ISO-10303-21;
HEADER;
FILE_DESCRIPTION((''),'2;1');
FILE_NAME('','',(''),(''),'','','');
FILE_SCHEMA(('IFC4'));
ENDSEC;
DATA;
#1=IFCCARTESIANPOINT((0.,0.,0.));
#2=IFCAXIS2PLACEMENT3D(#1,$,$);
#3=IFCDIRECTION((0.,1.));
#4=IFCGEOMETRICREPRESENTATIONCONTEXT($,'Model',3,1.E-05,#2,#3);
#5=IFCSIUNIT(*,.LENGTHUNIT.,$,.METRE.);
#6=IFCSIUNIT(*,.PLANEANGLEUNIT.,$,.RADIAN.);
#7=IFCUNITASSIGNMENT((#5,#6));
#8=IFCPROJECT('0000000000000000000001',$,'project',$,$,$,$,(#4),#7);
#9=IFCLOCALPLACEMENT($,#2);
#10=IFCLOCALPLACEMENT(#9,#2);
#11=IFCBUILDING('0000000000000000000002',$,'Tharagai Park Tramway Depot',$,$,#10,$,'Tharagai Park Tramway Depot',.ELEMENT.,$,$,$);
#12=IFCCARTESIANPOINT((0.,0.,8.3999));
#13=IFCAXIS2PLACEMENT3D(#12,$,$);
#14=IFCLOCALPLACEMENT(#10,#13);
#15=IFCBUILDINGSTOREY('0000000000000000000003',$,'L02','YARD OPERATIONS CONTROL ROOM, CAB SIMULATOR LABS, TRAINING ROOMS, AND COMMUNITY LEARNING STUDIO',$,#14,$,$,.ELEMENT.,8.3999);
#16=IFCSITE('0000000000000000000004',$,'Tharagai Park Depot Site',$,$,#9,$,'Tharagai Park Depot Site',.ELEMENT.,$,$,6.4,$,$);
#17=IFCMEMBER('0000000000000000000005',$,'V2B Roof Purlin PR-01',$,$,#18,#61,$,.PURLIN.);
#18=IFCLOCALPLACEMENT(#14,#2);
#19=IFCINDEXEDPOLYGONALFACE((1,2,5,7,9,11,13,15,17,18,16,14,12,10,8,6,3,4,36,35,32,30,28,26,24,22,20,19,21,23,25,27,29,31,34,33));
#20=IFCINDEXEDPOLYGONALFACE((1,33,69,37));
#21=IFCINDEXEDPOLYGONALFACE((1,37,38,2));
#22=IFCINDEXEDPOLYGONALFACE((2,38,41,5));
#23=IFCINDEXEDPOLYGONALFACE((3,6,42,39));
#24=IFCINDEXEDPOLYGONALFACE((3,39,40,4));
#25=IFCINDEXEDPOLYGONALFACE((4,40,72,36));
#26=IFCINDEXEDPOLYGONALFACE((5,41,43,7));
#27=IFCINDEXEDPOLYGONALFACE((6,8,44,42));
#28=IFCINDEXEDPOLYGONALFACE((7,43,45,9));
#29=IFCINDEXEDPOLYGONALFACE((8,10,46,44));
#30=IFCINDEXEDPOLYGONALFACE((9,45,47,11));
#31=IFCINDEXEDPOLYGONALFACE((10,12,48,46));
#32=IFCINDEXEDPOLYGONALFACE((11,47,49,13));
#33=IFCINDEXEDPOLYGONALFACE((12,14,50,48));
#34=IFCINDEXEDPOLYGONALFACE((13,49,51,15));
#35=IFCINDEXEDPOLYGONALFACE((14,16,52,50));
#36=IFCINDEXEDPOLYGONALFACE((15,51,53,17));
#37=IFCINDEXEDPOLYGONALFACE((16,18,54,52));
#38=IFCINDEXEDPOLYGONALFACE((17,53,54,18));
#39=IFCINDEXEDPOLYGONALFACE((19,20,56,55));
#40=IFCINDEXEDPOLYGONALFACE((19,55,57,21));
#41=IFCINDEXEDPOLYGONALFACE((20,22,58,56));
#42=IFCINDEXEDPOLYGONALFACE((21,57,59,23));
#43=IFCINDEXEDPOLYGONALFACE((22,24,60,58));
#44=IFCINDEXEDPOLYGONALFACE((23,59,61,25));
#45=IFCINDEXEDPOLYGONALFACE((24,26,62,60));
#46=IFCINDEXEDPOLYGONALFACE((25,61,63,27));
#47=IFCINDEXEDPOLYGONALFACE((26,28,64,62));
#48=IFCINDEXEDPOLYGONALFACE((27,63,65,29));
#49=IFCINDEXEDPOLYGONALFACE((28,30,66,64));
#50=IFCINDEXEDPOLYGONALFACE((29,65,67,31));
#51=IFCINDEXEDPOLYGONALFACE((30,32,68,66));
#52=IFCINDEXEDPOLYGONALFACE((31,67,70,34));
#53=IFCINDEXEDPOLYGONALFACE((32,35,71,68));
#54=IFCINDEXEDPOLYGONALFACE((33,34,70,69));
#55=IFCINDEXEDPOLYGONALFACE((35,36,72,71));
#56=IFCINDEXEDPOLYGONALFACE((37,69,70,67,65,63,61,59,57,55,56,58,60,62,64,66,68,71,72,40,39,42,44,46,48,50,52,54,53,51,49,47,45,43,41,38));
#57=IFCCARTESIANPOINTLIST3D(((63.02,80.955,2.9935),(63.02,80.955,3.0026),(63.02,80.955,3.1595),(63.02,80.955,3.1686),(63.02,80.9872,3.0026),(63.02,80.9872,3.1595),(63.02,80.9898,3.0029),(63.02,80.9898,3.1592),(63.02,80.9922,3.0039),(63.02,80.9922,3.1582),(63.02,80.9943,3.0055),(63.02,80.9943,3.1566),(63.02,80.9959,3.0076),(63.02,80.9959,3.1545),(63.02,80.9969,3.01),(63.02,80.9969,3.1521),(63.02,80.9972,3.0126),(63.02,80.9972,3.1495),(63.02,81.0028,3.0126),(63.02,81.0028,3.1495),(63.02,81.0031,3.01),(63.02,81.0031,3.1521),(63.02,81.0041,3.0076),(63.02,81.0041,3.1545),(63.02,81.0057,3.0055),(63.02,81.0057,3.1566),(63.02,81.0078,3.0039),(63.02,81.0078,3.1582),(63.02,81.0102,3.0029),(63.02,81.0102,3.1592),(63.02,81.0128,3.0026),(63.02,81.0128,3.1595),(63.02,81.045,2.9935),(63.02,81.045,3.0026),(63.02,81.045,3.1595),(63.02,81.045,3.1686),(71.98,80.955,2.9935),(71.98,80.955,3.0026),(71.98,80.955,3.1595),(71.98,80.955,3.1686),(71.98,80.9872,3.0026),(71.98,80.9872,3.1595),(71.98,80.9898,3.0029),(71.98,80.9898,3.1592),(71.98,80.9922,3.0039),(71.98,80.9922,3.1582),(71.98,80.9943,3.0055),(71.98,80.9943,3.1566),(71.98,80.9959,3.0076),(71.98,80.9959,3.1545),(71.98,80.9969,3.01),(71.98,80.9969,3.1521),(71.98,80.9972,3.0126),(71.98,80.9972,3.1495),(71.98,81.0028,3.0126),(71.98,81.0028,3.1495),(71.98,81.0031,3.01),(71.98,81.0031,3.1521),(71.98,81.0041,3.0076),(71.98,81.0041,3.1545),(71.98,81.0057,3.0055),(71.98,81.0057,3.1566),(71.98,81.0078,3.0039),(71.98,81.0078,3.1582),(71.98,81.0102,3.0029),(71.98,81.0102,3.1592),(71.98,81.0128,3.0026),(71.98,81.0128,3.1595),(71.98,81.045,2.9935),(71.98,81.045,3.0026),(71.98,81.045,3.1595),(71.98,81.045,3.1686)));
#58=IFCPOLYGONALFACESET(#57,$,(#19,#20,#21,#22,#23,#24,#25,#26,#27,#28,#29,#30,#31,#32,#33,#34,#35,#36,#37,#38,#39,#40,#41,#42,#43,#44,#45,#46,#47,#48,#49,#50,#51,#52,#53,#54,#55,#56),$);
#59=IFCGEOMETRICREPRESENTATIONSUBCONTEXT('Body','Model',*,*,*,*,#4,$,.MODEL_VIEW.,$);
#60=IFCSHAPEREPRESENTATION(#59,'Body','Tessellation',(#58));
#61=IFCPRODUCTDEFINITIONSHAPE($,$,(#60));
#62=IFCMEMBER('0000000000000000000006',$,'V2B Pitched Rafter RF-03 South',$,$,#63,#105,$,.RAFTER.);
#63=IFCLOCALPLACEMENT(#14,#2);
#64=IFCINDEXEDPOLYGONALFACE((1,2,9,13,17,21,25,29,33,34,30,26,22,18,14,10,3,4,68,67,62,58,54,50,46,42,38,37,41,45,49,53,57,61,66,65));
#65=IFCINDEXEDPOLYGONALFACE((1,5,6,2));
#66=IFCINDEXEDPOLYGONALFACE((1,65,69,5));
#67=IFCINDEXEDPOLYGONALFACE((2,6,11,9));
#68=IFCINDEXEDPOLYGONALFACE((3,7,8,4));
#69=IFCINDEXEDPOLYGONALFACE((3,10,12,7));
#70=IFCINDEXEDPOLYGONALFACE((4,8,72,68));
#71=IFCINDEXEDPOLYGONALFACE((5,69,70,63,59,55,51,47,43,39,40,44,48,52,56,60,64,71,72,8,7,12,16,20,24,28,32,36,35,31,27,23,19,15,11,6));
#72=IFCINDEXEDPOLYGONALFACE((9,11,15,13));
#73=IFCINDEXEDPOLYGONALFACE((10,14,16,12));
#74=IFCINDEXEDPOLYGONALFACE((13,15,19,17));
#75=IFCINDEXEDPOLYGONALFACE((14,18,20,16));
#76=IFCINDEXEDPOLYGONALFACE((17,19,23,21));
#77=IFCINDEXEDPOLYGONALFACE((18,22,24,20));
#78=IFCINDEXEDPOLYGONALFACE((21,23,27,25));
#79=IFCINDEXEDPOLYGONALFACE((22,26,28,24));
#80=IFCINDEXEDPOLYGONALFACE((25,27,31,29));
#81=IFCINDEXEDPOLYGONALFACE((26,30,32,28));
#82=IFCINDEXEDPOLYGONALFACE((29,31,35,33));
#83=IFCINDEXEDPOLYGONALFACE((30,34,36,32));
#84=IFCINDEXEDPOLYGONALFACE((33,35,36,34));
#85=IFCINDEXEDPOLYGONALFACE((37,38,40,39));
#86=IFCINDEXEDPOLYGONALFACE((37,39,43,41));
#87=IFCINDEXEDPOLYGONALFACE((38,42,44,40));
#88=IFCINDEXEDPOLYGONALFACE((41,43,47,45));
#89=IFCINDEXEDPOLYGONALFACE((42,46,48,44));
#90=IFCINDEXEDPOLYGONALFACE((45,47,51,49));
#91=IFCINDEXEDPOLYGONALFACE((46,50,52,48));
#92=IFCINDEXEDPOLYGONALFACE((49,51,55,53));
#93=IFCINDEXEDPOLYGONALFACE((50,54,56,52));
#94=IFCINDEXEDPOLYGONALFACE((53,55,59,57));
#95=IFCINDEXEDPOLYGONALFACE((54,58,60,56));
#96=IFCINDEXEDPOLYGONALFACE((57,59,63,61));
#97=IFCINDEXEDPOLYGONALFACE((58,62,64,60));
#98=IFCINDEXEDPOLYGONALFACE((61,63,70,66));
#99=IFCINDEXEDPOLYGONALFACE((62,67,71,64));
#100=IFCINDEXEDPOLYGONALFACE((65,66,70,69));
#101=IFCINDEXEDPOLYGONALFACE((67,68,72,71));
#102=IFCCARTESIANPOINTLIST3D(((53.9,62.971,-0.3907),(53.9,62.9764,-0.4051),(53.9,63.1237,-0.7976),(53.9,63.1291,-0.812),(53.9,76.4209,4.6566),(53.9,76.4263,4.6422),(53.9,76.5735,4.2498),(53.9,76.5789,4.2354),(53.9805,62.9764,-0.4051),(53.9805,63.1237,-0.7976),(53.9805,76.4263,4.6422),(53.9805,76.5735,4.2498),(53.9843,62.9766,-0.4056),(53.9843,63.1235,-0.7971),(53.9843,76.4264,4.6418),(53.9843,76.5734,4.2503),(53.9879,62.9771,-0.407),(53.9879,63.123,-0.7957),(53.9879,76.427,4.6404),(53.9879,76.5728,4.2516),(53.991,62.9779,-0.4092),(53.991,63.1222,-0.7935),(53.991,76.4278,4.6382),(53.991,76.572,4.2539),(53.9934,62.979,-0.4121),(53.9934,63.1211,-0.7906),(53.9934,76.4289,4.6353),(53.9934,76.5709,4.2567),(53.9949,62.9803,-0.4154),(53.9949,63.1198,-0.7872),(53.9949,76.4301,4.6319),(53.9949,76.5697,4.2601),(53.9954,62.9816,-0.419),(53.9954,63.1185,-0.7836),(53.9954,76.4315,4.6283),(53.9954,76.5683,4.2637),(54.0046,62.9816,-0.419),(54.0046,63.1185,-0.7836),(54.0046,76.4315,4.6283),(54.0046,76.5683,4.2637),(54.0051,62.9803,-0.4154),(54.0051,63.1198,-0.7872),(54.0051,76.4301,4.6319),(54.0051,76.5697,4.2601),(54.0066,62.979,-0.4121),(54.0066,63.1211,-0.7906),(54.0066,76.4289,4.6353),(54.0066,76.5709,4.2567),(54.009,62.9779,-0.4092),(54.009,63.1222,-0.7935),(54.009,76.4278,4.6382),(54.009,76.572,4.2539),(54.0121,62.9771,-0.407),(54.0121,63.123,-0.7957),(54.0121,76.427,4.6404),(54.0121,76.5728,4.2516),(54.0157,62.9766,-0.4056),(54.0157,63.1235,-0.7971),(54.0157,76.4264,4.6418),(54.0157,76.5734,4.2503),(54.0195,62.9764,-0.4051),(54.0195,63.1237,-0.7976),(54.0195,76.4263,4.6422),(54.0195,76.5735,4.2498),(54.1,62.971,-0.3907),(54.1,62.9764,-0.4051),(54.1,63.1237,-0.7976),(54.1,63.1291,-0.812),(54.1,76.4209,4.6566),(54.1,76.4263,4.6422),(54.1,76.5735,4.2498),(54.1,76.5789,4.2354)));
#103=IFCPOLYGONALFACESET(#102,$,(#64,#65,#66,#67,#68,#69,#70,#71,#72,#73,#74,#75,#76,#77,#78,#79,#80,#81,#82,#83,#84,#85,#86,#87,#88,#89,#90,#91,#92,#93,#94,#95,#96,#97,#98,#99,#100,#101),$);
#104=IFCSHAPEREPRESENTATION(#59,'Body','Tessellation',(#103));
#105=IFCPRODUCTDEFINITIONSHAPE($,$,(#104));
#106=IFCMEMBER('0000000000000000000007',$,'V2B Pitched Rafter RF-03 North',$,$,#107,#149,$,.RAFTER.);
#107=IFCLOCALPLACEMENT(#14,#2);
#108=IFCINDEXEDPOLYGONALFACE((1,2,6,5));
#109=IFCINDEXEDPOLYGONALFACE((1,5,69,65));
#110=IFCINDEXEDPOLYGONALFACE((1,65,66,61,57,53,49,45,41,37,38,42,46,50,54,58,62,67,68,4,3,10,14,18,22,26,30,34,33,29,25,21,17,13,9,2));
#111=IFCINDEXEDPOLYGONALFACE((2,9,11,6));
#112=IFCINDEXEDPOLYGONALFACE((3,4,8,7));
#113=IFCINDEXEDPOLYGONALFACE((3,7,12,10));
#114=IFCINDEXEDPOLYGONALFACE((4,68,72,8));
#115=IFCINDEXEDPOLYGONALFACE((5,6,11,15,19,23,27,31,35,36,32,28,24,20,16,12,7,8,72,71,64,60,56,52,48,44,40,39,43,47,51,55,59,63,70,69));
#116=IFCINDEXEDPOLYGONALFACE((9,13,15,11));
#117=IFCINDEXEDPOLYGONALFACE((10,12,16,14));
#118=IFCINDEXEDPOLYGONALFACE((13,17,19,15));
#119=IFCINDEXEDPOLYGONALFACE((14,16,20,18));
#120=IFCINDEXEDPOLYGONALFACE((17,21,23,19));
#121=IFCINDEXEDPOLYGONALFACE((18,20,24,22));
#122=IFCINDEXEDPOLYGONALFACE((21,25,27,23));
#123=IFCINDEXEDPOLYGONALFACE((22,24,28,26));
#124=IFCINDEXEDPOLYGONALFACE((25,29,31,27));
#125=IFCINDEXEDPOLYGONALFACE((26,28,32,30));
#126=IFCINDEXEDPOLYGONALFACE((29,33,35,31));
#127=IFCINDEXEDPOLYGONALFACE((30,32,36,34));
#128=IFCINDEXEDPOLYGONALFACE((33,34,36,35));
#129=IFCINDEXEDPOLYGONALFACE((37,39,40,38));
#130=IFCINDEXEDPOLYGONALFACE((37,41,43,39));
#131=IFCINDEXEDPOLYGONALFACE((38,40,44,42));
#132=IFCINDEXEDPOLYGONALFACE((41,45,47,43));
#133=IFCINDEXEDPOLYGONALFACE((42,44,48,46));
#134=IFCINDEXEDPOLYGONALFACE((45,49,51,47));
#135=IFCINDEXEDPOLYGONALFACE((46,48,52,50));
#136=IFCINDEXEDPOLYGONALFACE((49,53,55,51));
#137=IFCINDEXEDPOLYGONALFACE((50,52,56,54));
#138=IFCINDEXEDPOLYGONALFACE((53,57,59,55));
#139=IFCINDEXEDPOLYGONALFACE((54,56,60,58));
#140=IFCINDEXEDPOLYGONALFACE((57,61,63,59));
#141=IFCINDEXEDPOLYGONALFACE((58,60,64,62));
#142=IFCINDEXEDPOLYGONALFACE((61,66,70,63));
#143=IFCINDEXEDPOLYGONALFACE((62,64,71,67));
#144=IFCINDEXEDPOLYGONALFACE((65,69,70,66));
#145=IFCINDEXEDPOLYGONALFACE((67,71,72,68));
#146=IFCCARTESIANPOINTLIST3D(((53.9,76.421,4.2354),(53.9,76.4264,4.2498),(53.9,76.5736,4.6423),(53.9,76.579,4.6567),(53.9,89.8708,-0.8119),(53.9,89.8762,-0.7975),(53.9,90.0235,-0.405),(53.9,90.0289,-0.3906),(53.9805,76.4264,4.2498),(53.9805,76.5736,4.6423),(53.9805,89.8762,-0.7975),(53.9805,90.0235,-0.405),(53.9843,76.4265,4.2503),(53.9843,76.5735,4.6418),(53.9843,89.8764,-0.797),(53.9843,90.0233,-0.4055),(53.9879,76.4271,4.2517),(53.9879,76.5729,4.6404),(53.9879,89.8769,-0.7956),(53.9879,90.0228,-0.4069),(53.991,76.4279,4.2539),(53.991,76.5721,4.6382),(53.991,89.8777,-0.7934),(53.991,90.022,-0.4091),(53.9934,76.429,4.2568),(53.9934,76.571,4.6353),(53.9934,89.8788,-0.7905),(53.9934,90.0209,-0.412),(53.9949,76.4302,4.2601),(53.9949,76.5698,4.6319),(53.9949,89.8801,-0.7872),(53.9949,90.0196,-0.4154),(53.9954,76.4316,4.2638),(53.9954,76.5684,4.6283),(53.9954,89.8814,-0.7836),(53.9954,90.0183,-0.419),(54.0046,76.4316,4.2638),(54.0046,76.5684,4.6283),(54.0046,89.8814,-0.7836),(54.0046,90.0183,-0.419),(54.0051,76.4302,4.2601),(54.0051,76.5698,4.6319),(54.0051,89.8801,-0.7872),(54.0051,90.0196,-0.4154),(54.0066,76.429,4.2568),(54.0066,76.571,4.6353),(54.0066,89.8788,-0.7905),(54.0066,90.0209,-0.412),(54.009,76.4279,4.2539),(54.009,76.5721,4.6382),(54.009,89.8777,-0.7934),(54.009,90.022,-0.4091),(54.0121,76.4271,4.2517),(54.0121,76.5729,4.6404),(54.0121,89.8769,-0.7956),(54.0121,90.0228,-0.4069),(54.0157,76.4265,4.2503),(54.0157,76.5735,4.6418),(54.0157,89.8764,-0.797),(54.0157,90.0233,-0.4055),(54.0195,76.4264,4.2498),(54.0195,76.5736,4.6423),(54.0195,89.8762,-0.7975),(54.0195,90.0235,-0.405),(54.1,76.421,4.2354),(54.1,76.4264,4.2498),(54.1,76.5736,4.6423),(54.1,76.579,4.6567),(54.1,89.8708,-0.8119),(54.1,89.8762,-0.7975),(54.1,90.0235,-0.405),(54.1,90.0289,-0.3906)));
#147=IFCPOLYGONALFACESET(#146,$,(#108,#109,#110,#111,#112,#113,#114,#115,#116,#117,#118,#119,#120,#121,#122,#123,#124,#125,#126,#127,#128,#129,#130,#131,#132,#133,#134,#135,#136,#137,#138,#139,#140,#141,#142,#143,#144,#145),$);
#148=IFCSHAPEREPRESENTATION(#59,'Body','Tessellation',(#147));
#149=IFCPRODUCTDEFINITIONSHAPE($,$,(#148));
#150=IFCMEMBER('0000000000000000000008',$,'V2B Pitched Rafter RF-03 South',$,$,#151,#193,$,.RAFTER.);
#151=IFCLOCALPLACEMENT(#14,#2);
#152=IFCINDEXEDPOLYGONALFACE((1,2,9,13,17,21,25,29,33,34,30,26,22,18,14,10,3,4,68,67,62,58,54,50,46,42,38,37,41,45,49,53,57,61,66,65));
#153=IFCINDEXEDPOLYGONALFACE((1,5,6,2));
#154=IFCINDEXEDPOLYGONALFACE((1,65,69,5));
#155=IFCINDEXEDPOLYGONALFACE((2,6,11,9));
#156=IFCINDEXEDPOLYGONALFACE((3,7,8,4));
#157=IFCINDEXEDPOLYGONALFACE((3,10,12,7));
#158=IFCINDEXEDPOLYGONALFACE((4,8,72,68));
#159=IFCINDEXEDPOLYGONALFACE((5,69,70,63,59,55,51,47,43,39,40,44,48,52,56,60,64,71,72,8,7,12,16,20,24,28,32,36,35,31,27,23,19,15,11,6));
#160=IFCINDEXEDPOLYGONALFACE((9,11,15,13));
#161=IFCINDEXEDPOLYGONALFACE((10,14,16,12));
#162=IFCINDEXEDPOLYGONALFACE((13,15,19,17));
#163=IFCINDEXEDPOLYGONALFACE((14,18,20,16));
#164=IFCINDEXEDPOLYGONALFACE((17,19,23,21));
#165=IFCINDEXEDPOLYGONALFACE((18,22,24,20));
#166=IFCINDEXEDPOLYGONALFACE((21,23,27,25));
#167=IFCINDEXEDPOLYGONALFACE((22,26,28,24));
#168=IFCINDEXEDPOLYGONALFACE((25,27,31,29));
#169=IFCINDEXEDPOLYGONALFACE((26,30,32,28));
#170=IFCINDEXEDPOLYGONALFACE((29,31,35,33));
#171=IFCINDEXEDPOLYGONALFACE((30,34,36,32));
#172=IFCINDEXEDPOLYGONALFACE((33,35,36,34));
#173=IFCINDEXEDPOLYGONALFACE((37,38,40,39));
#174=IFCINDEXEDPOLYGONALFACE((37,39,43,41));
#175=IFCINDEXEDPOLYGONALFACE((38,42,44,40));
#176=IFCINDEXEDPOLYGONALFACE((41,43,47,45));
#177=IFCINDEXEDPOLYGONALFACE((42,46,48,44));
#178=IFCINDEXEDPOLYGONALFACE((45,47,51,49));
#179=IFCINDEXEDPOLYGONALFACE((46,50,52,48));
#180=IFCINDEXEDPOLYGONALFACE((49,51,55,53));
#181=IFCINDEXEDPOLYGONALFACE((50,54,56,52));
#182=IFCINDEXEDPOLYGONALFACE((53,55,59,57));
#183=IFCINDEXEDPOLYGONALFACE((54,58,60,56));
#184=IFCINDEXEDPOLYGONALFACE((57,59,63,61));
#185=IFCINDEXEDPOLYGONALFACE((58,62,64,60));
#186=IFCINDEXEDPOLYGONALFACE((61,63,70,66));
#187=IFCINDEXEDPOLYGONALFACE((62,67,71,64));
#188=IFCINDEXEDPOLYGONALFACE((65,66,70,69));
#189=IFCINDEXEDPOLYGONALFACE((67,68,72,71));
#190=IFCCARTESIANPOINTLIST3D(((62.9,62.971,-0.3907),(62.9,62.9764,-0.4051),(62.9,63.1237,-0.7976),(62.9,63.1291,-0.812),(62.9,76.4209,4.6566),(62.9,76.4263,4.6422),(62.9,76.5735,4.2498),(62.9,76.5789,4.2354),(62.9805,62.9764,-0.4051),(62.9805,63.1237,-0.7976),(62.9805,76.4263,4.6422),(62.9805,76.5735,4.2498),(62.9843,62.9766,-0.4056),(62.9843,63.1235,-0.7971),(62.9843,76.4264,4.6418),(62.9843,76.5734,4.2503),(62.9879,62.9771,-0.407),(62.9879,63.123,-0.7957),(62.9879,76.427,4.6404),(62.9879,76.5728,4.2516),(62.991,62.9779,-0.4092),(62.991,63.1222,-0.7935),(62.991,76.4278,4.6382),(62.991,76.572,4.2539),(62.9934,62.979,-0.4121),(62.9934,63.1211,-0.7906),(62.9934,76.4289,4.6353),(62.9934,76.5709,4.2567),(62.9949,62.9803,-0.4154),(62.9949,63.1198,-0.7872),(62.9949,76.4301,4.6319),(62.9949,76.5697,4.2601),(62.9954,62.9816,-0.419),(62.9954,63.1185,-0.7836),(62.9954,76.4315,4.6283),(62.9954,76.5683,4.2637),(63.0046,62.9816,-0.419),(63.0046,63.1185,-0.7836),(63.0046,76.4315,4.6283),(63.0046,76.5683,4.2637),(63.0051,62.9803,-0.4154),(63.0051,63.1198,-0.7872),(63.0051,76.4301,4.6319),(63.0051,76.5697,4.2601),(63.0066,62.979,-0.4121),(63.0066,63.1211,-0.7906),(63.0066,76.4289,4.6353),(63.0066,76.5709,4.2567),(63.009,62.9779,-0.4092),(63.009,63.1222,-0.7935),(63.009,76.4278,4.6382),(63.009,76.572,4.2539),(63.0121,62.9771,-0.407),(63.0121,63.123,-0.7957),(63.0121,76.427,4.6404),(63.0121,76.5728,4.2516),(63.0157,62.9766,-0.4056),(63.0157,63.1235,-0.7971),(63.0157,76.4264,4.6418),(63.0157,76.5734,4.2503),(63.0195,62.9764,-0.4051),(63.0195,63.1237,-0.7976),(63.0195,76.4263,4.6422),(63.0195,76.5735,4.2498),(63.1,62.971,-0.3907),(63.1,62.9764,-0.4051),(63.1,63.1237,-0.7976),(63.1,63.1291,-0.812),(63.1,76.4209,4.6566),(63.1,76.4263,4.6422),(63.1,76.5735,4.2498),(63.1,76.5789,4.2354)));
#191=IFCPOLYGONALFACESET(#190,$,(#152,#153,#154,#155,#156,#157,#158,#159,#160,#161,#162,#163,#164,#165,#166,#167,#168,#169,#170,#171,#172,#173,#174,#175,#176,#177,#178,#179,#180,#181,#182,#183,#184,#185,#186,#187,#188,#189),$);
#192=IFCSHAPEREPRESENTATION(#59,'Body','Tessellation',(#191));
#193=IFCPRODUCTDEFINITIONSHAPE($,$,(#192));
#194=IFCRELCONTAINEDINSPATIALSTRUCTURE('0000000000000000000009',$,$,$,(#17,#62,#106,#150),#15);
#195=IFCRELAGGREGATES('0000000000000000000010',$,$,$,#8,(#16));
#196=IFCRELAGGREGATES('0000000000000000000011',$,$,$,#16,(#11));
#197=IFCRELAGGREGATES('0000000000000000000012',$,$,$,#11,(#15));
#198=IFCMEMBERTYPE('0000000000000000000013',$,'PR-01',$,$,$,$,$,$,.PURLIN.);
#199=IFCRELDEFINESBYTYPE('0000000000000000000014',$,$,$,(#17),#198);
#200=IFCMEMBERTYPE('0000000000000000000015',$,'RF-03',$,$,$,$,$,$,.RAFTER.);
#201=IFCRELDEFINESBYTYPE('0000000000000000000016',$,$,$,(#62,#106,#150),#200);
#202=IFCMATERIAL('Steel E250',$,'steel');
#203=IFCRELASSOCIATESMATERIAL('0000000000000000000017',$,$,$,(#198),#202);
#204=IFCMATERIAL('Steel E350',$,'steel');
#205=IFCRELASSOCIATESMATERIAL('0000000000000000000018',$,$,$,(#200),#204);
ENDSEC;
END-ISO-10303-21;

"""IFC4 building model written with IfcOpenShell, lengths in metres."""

from ifc_helpers import new_model, si_unit, direction, frame, origin, origin_2d, place, context, subcontext, project, spatial, i_section, extrude, material, material_profile, profile_set, type_object, element, save


model = new_model("IFC4")

# Units and contexts
model_context = context("Model", 3, precision=1e-05, world=origin(), true_north=direction((0.0, 1.0)))
body_context = subcontext(model_context, "Body", "Model", "MODEL_VIEW")
ifc_project = project(units=[si_unit("LENGTHUNIT", "METRE"), si_unit("PLANEANGLEUNIT", "RADIAN")], contexts=[model_context])

# Site, building, storey
site_placement = place(None, origin())
site = spatial("IfcSite", under=ifc_project, at=site_placement, Name="Tharagai Park Depot Site", LongName="Tharagai Park Depot Site", CompositionType="ELEMENT", RefElevation=6.4)
building_placement = place(site_placement, origin())
building = spatial("IfcBuilding", under=site, at=building_placement, Name="Tharagai Park Tramway Depot", LongName="Tharagai Park Tramway Depot", CompositionType="ELEMENT")
storey_placement = place(building_placement, frame((0.0, 0.0, 8.3999)))
storey = spatial("IfcBuildingStorey", under=building, at=storey_placement, Name="L02", Description="YARD OPERATIONS CONTROL ROOM, CAB SIMULATOR LABS, TRAINING ROOMS, AND COMMUNITY LEARNING STUDIO", CompositionType="ELEMENT", Elevation=8.3999)

# Shared definitions
ifc_material_1 = material(Name="Steel E350", Category="steel")

# Members
ifc_material_2 = material(Name="Steel E250", Category="steel")
ifc_material_profile_1 = material_profile(ifc_material_2, i_section(OverallWidth=0.0901, OverallDepth=0.175, WebThickness=0.0056, FlangeThickness=0.009, FilletRadius=0.01, at=origin_2d()), Name="ISMB 175")
ifc_profile_set_1 = profile_set([ifc_material_profile_1], Name="Steel E250")
member_type_1 = type_object("IfcMemberType", Name="PR-01", PredefinedType="PURLIN", material=ifc_profile_set_1)
for number, where, z_axis, x_axis, name in (
    (1, (63.02, 81.0, 3.0811), (1.0, 0.0, 0.0), (0.0, 1.0, 0.0), "V2B Roof Purlin PR-01"),
):
    element("IfcMember", number, at=place(storey_placement, frame(where, z_axis=z_axis, x_axis=x_axis)), inside=storey, type_object=member_type_1, Name=name, PredefinedType="PURLIN", context=body_context, shape_type="SweptSolid", body=[
        extrude(i_section(OverallWidth=0.0901, OverallDepth=0.175, WebThickness=0.0056, FlangeThickness=0.009, FilletRadius=0.01, at=origin_2d()), origin(), (0.0, 0.0, 1.0), 8.96),
    ])
ifc_material_profile_2 = material_profile(ifc_material_1, i_section(OverallWidth=0.2, OverallDepth=0.45, WebThickness=0.0093, FlangeThickness=0.0154, FilletRadius=0.0149, at=origin_2d()), Name="ISWB 450")
ifc_profile_set_2 = profile_set([ifc_material_profile_2], Name="Steel E350")
member_type_2 = type_object("IfcMemberType", Name="RF-03", PredefinedType="RAFTER", material=ifc_profile_set_2)
for number, where, z_axis, x_axis, name in (
    (2, (54.0, 63.05, -0.6013), (0.0, 0.936246, 0.351345), (-1.0, 0.0, 0.0), "V2B Pitched Rafter RF-03 South"),
    (3, (54.0, 76.5, 4.446), (0.0, 0.936246, -0.351345), (-1.0, 0.0, 0.0), "V2B Pitched Rafter RF-03 North"),
    (4, (63.0, 63.05, -0.6013), (0.0, 0.936246, 0.351345), (-1.0, 0.0, 0.0), "V2B Pitched Rafter RF-03 South"),
):
    element("IfcMember", number, at=place(storey_placement, frame(where, z_axis=z_axis, x_axis=x_axis)), inside=storey, type_object=member_type_2, Name=name, PredefinedType="RAFTER", context=body_context, shape_type="SweptSolid", body=[
        extrude(i_section(OverallWidth=0.2, OverallDepth=0.45, WebThickness=0.0093, FlangeThickness=0.0154, FilletRadius=0.0149, at=origin_2d()), origin(), (0.0, 0.0, 1.0), 14.3657),
    ])

save(model, "model.ifc")
